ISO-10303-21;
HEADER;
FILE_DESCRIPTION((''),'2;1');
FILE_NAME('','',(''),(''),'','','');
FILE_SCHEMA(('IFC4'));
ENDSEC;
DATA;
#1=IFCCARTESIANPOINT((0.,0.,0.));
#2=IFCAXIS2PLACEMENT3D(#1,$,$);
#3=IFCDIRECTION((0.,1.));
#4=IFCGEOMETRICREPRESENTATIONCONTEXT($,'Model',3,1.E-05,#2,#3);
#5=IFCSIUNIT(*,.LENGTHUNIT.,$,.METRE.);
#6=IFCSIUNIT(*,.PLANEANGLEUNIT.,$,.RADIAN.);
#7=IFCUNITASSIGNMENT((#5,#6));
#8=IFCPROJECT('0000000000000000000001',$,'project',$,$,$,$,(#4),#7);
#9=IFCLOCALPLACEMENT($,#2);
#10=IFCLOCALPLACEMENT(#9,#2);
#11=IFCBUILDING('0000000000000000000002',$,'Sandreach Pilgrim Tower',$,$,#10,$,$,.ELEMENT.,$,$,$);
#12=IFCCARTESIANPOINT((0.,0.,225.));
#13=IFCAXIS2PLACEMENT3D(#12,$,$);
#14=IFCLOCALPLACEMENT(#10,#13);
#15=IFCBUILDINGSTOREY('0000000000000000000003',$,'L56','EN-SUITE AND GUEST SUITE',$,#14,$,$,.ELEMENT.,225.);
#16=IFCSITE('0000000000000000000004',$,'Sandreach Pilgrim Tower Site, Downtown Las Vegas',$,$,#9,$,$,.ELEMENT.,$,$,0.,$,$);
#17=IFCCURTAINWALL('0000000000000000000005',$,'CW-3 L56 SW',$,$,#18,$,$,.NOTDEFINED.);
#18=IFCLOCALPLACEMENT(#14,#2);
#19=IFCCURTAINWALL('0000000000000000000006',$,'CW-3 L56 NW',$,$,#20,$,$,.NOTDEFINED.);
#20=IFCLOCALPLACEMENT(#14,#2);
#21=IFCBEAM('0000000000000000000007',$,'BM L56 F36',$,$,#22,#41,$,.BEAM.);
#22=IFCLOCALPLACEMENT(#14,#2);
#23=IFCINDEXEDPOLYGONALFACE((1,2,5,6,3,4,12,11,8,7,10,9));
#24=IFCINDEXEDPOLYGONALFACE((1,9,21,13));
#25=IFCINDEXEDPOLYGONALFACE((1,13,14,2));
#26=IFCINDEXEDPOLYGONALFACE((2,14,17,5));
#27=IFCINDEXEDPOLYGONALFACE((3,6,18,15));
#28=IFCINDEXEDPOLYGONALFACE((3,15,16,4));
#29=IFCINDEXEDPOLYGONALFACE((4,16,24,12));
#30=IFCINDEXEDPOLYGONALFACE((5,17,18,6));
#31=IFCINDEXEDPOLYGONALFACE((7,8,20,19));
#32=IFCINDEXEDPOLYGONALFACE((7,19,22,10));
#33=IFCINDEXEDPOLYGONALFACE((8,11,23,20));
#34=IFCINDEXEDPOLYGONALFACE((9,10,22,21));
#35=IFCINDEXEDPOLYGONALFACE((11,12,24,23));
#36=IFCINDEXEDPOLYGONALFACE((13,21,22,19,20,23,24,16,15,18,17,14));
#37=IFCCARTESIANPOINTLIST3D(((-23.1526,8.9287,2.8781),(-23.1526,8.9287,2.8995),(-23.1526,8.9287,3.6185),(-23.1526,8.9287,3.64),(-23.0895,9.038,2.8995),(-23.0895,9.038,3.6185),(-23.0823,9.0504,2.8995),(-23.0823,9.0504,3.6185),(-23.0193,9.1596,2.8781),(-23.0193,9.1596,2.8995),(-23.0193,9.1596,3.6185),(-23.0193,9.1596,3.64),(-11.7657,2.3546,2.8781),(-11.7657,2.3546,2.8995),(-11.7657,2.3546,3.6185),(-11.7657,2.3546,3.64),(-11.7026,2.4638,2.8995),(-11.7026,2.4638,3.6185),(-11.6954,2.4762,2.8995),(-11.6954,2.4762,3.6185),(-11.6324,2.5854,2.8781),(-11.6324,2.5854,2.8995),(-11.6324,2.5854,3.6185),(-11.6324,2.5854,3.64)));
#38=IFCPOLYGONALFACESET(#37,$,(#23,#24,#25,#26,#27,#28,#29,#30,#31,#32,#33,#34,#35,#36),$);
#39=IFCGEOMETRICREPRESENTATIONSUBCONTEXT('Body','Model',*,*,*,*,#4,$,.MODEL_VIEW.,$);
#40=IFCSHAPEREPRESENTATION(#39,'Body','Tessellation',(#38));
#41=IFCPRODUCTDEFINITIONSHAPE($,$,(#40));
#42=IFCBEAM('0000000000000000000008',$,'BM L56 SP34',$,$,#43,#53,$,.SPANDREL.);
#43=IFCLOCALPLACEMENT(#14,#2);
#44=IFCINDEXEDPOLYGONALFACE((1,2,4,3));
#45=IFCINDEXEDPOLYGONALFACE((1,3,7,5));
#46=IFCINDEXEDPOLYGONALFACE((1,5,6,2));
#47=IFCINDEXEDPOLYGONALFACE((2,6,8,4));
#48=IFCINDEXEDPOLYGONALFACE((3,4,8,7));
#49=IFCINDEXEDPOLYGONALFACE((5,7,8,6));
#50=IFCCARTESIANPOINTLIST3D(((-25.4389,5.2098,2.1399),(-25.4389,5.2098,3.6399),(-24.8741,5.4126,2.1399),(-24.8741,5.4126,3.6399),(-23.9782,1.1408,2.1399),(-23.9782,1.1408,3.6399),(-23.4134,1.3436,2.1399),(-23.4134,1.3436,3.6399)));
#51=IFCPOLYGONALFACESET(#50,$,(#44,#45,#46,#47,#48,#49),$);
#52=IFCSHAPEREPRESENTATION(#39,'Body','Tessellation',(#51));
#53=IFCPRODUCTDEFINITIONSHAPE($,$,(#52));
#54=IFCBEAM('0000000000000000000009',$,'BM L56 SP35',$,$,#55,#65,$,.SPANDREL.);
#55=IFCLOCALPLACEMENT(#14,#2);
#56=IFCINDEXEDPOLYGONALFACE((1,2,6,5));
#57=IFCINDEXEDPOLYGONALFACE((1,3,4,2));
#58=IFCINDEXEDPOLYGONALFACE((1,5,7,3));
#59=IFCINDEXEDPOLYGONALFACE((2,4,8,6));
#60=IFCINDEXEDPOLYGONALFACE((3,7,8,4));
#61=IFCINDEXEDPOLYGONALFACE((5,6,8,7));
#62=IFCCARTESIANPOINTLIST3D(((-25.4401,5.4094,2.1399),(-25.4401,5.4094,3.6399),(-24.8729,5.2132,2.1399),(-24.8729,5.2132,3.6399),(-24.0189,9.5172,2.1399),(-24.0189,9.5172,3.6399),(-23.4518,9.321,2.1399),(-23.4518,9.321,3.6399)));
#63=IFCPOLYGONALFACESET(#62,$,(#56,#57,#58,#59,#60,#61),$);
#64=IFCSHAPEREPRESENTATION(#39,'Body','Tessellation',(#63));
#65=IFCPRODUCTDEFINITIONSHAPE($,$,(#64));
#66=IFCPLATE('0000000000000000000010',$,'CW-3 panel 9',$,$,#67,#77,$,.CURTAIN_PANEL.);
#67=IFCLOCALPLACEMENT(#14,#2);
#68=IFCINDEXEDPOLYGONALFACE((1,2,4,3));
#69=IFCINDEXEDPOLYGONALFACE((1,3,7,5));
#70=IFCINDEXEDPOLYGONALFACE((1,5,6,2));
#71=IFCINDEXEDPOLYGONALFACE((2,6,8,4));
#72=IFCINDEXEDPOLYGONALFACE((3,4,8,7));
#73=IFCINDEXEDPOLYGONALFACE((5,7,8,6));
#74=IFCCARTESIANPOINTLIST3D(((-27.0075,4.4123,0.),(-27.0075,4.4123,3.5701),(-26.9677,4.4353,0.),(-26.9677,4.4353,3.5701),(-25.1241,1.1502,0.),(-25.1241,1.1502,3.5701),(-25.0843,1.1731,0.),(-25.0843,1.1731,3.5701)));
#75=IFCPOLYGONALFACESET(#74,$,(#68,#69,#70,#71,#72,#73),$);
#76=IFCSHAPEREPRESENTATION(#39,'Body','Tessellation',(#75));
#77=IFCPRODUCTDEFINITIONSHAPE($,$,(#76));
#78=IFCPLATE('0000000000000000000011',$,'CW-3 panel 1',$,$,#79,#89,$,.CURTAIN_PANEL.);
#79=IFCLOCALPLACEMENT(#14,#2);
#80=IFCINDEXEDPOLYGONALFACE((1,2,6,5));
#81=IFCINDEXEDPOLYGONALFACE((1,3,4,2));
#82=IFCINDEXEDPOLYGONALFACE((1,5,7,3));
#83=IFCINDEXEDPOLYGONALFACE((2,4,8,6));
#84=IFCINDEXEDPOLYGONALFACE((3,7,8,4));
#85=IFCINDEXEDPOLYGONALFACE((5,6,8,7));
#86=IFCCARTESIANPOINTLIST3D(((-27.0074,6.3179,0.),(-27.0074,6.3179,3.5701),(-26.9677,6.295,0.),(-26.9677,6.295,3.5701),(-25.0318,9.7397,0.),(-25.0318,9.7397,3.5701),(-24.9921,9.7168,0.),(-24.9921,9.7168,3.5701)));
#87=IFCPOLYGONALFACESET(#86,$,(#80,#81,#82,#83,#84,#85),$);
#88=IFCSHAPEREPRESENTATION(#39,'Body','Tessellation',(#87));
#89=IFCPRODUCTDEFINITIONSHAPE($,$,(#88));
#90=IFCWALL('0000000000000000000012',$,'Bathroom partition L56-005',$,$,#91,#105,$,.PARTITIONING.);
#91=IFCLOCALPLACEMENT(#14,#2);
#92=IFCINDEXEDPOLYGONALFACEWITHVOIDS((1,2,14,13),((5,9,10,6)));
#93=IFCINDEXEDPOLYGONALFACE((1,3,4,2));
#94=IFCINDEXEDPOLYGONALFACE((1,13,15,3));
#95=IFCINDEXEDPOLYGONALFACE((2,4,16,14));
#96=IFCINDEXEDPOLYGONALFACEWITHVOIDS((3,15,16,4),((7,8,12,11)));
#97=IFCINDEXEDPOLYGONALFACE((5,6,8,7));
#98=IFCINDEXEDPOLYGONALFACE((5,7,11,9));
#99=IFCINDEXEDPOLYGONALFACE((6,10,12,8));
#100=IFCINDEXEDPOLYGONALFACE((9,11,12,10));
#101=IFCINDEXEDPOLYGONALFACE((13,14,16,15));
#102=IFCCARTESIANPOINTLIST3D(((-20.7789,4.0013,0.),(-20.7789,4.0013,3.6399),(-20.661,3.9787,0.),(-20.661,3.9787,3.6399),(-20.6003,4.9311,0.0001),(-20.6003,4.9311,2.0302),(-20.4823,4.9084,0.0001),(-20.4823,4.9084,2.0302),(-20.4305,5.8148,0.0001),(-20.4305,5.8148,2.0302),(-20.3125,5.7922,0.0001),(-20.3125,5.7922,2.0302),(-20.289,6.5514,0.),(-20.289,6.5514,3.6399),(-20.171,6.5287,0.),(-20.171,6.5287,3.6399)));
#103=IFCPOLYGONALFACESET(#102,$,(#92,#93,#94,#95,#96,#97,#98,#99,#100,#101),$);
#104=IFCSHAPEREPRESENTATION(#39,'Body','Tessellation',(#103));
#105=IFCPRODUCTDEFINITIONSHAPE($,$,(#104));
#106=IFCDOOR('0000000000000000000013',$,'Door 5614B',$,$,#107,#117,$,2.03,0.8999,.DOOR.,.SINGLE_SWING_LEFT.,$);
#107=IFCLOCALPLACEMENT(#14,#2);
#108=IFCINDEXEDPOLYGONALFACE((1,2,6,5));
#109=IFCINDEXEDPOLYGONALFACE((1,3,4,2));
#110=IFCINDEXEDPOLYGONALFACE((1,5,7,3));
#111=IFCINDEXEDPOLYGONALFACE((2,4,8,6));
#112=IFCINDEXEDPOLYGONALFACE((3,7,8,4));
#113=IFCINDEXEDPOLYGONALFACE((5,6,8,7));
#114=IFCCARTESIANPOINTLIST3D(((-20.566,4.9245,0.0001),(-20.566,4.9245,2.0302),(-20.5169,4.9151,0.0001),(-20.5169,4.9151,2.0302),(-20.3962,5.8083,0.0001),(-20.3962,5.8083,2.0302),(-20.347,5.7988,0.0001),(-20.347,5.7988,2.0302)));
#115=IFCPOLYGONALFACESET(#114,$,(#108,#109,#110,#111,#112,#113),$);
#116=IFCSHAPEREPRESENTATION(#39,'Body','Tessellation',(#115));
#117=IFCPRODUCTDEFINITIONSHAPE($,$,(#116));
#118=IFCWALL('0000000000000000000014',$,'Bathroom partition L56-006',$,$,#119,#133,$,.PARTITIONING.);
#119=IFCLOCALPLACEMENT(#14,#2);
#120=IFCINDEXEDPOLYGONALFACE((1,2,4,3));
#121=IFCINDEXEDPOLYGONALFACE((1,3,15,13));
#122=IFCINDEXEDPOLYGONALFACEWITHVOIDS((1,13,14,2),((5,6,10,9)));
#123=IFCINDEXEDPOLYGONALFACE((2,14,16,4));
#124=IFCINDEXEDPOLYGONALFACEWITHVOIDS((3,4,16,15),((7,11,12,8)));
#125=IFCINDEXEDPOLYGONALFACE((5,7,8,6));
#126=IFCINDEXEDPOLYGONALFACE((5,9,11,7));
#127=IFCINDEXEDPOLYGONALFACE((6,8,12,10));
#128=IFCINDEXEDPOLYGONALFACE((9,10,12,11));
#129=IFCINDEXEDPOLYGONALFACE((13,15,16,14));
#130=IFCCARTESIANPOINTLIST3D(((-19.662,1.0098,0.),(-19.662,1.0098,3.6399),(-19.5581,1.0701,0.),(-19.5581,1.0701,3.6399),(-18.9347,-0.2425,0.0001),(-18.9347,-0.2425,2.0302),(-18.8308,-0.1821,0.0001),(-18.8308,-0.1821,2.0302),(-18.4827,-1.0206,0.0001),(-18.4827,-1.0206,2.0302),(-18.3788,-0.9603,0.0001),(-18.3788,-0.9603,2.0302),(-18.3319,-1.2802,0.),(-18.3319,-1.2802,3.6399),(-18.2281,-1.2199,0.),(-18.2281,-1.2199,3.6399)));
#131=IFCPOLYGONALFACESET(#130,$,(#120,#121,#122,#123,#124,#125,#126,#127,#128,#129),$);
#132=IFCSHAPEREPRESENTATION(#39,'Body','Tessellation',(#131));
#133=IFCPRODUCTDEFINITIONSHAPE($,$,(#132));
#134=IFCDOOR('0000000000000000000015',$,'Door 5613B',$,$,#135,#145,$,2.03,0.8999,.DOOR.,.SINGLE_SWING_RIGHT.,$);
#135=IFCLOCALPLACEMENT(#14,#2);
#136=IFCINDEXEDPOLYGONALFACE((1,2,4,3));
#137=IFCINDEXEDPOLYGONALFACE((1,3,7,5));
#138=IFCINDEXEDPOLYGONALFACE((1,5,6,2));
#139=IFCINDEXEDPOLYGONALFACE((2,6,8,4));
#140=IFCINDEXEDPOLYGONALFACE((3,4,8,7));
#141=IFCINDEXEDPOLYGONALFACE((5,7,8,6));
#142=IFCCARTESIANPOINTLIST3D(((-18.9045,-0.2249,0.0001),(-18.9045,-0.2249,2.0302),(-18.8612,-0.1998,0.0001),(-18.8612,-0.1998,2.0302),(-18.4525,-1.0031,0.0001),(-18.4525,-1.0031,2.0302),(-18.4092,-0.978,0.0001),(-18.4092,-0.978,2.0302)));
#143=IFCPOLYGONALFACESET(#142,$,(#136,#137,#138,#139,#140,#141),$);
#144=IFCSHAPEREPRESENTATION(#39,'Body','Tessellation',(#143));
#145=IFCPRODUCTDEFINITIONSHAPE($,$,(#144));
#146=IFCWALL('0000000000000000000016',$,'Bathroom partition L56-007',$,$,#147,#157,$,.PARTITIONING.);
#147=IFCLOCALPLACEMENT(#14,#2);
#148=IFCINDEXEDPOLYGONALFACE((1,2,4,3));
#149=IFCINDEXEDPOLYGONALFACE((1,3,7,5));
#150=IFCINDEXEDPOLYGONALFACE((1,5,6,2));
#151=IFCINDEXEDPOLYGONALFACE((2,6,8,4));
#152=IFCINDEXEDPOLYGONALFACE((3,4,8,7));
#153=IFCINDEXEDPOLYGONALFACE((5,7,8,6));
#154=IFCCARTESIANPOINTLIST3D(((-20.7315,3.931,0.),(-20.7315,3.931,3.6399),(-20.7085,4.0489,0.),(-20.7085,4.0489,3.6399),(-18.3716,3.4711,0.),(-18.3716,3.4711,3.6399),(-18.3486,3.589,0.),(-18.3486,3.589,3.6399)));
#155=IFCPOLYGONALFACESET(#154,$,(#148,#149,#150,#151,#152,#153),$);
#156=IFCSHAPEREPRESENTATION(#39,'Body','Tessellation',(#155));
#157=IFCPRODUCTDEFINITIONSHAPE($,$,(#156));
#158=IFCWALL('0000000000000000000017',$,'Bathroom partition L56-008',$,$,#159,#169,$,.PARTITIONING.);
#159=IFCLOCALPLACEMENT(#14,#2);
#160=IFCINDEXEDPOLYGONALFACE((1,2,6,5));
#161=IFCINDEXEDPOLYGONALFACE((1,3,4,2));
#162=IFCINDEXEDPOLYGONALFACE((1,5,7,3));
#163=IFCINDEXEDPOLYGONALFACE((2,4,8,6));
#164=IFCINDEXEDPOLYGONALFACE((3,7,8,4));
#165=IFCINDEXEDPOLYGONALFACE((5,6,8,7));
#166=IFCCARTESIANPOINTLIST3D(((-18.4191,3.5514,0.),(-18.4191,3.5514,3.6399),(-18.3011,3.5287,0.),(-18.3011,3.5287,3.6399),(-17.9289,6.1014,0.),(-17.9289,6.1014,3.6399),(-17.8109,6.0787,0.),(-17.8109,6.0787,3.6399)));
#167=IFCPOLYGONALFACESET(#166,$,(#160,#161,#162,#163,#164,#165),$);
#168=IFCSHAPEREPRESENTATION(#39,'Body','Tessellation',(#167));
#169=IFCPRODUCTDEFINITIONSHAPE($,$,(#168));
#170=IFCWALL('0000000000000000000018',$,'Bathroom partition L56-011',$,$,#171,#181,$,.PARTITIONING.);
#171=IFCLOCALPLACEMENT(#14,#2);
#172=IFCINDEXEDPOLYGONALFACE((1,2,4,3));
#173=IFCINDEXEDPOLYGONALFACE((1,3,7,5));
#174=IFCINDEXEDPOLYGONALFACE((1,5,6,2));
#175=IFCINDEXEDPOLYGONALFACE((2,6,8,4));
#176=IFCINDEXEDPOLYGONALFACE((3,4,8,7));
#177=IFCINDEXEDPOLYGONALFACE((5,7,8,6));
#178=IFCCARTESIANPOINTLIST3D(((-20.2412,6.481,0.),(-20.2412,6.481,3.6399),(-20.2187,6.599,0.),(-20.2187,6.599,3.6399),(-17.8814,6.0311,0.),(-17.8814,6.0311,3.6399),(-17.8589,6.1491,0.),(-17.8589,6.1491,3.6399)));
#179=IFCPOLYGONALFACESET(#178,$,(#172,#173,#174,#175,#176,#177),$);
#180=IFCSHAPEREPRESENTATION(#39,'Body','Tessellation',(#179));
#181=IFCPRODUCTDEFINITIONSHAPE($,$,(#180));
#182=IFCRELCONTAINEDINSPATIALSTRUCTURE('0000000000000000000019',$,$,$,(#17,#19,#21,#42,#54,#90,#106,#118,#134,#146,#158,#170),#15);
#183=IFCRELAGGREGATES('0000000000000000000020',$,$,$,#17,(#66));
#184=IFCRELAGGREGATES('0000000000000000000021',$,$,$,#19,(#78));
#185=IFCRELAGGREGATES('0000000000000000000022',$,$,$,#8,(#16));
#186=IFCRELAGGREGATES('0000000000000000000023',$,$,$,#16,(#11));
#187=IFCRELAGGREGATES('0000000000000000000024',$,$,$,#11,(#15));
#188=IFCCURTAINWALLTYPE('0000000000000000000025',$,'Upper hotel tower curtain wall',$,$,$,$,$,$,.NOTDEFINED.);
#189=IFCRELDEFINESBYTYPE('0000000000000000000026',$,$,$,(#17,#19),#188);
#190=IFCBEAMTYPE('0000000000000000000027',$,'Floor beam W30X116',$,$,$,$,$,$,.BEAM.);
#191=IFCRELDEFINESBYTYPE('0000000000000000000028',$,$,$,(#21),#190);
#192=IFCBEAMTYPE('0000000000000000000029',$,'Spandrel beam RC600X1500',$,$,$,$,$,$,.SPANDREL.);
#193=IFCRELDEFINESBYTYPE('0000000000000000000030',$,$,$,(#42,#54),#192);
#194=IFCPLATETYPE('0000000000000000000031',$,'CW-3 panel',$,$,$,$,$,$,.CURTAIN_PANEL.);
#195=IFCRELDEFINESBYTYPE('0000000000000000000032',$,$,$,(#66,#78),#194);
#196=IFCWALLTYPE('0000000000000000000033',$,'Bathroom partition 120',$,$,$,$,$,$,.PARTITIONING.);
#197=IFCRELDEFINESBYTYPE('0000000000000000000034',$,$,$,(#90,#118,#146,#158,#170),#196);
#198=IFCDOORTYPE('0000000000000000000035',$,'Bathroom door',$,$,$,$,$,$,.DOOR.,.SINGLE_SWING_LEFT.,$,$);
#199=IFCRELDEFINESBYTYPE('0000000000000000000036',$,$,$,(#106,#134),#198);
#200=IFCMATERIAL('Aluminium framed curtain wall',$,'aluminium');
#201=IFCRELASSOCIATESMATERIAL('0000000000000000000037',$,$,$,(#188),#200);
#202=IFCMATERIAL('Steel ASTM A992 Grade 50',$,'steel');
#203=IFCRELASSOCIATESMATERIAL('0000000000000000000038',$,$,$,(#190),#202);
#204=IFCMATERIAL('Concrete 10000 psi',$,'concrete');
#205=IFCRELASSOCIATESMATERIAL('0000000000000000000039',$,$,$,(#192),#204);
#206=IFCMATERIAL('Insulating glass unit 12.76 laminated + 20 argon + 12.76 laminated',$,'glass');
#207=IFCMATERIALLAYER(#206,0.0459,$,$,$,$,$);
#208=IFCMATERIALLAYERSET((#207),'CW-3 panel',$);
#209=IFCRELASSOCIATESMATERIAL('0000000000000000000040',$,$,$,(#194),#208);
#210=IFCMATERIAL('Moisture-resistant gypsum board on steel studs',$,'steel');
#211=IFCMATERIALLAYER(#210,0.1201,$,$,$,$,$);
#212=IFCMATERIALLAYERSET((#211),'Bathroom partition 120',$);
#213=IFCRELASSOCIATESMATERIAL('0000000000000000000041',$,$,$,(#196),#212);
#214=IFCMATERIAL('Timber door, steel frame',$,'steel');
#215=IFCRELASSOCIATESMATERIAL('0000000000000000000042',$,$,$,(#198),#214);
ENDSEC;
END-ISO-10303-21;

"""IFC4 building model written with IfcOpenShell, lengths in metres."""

from ifc_helpers import new_model, si_unit, direction, frame, frame_2d, origin, origin_2d, place, context, subcontext, project, spatial, rectangle, i_section, extrude, material, layer, layer_set, material_profile, profile_set, type_object, element, fill, aggregate, save


model = new_model("IFC4")

# Units and contexts
model_context = context("Model", 3, precision=1e-05, world=origin(), true_north=direction((0.0, 1.0)))
body_context = subcontext(model_context, "Body", "Model", "MODEL_VIEW")
ifc_project = project(units=[si_unit("LENGTHUNIT", "METRE"), si_unit("PLANEANGLEUNIT", "RADIAN")], contexts=[model_context])

# Site, building, storey
site_placement = place(None, origin())
site = spatial("IfcSite", under=ifc_project, at=site_placement, Name="Sandreach Pilgrim Tower Site, Downtown Las Vegas", CompositionType="ELEMENT", RefElevation=0.0)
building_placement = place(site_placement, origin())
building = spatial("IfcBuilding", under=site, at=building_placement, Name="Sandreach Pilgrim Tower", CompositionType="ELEMENT")
storey_placement = place(building_placement, frame((0.0, 0.0, 225.0)))
storey = spatial("IfcBuildingStorey", under=building, at=storey_placement, Name="L56", Description="EN-SUITE AND GUEST SUITE", CompositionType="ELEMENT", Elevation=225.0)

# Curtain wall
ifc_material_1 = material(Name="Aluminium framed curtain wall", Category="aluminium")
curtain_wall_type = type_object("IfcCurtainWallType", Name="Upper hotel tower curtain wall", PredefinedType="NOTDEFINED", material=ifc_material_1)
curtain_wall_1_placement = place(storey_placement, origin())
curtain_wall_1 = element("IfcCurtainWall", 1, at=curtain_wall_1_placement, inside=storey, type_object=curtain_wall_type, Name="CW-3 L56 SW", PredefinedType="NOTDEFINED")

# Curtain wall
curtain_wall_2_placement = place(storey_placement, origin())
curtain_wall_2 = element("IfcCurtainWall", 2, at=curtain_wall_2_placement, inside=storey, type_object=curtain_wall_type, Name="CW-3 L56 NW", PredefinedType="NOTDEFINED")

# Beams
ifc_material_2 = material(Name="Steel ASTM A992 Grade 50", Category="steel")
ifc_material_profile_1 = material_profile(ifc_material_2, i_section(OverallWidth=0.2666, OverallDepth=0.762, WebThickness=0.0144, FlangeThickness=0.0215, at=origin_2d()), Name="W30X116")
ifc_profile_set_1 = profile_set([ifc_material_profile_1], Name="Steel ASTM A992 Grade 50")
beam_type_1 = type_object("IfcBeamType", Name="Floor beam W30X116", PredefinedType="BEAM", material=ifc_profile_set_1)
beam_1_placement = place(storey_placement, frame((-23.0859, 9.0442, 3.259), z_axis=(0.866027, -0.499997, 0.0), x_axis=(0.499997, 0.866027, 0.0)))
element("IfcBeam", 3, at=beam_1_placement, inside=storey, type_object=beam_type_1, Name="BM L56 F36", PredefinedType="BEAM", context=body_context, shape_type="SweptSolid", body=[
    extrude(i_section(OverallWidth=0.2666, OverallDepth=0.762, WebThickness=0.0144, FlangeThickness=0.0215, at=origin_2d()), origin(), (0.0, 0.0, 1.0), 13.1484),
])
ifc_material_3 = material(Name="Concrete 10000 psi", Category="concrete")
ifc_material_profile_2 = material_profile(ifc_material_3, rectangle(XDim=0.6001, YDim=1.5, at=origin_2d()), Name="RC600X1500")
ifc_profile_set_2 = profile_set([ifc_material_profile_2], Name="Concrete 10000 psi")
beam_type_2 = type_object("IfcBeamType", Name="Spandrel beam RC600X1500", PredefinedType="SPANDREL", material=ifc_profile_set_2)
beam_2_placement = place(storey_placement, frame((-23.6958, 1.2422, 2.8899), z_axis=(-0.337863, 0.941195, 0.0), x_axis=(-0.941195, -0.337863, 0.0)))
element("IfcBeam", 4, at=beam_2_placement, inside=storey, type_object=beam_type_2, Name="BM L56 SP34", PredefinedType="SPANDREL", context=body_context, shape_type="SweptSolid", body=[
    extrude(rectangle(XDim=0.6001, YDim=1.5, at=origin_2d()), origin(), (0.0, 0.0, 1.0), 4.3232),
])
beam_3_placement = place(storey_placement, frame((-25.1565, 5.3113, 2.8899), z_axis=(0.326941, 0.945045, 0.0), x_axis=(-0.945045, 0.326941, 0.0)))
element("IfcBeam", 5, at=beam_3_placement, inside=storey, type_object=beam_type_2, Name="BM L56 SP35", PredefinedType="SPANDREL", context=body_context, shape_type="SweptSolid", body=[
    extrude(rectangle(XDim=0.6001, YDim=1.5, at=origin_2d()), origin(), (0.0, 0.0, 1.0), 4.3467),
])

# Plates
ifc_material_4 = material(Name="Insulating glass unit 12.76 laminated + 20 argon + 12.76 laminated", Category="glass")
ifc_layer_1 = layer(ifc_material_4, 0.0459)
ifc_layer_set_1 = layer_set([ifc_layer_1], Name="CW-3 panel")
plate_type = type_object("IfcPlateType", Name="CW-3 panel", PredefinedType="CURTAIN_PANEL", material=ifc_layer_set_1)
plate_1_placement = place(storey_placement, frame((-26.0459, 2.7927, 0.0), z_axis=(0.0, 0.0, 1.0), x_axis=(-0.5, 0.866025, 0.0)))
plate_1 = element("IfcPlate", 6, at=plate_1_placement, type_object=plate_type, Name="CW-3 panel 9", PredefinedType="CURTAIN_PANEL", context=body_context, shape_type="SweptSolid", body=[
    extrude(rectangle(XDim=3.7668, YDim=0.0459, at=origin_2d()), origin(), (0.0, 0.0, 1.0), 3.5701),
])
aggregate(curtain_wall_1, [plate_1])
plate_2_placement = place(storey_placement, frame((-25.9998, 8.0173, 0.0), z_axis=(0.0, 0.0, 1.0), x_axis=(0.5, 0.866025, 0.0)))
plate_2 = element("IfcPlate", 7, at=plate_2_placement, type_object=plate_type, Name="CW-3 panel 1", PredefinedType="CURTAIN_PANEL", context=body_context, shape_type="SweptSolid", body=[
    extrude(rectangle(XDim=3.9512, YDim=0.0459, at=origin_2d()), origin(), (0.0, 0.0, 1.0), 3.5701),
])
aggregate(curtain_wall_2, [plate_2])

# Walls, openings, doors
ifc_material_5 = material(Name="Moisture-resistant gypsum board on steel studs", Category="steel")
ifc_layer_2 = layer(ifc_material_5, 0.1201)
ifc_layer_set_2 = layer_set([ifc_layer_2], Name="Bathroom partition 120")
wall_type_1 = type_object("IfcWallType", Name="Bathroom partition 120", PredefinedType="PARTITIONING", material=ifc_layer_set_2)
wall_1_placement = place(storey_placement, frame((-20.23, 6.54, 0.0), z_axis=(0.0, 0.0, 1.0), x_axis=(-0.188697, -0.982035, 0.0)))
wall_1 = element("IfcWall", 8, at=wall_1_placement, inside=storey, type_object=wall_type_1, Name="Bathroom partition L56-005", PredefinedType="PARTITIONING", context=body_context, shape_type="SweptSolid", body=[
    extrude(rectangle(XDim=2.5967, YDim=0.1201, at=frame_2d((1.2983, 0.0))), origin(), (0.0, 0.0, 1.0), 3.6399),
])
opening_1_placement = place(wall_1_placement, frame((0.75, 0.0, 0.0)))
opening_1 = element("IfcOpeningElement", 9, at=opening_1_placement, cuts=wall_1, PredefinedType="OPENING", context=body_context, shape_type="SweptSolid", body=[
    extrude(rectangle(XDim=0.8999, YDim=2.03, at=frame_2d((0.45, 1.0151))), frame((0.0, 0.0601, 0.0), z_axis=(0.0, -1.0, 0.0), x_axis=(1.0, 0.0, 0.0)), (0.0, 0.0, 1.0), 0.1201),
])
ifc_material_6 = material(Name="Timber door, steel frame", Category="steel")
door_type_1 = type_object("IfcDoorType", Name="Bathroom door", OperationType="SINGLE_SWING_LEFT", PredefinedType="DOOR", material=ifc_material_6)
door_1_placement = place(opening_1_placement, origin())
door_1 = element("IfcDoor", 10, at=door_1_placement, inside=storey, type_object=door_type_1, Name="Door 5614B", OperationType="SINGLE_SWING_LEFT", OverallHeight=2.03, OverallWidth=0.8999, PredefinedType="DOOR", context=body_context, shape_type="SweptSolid", body=[
    extrude(rectangle(XDim=0.8999, YDim=2.03, at=frame_2d((0.45, 1.0151))), frame((0.0, 0.0249, 0.0), z_axis=(0.0, -1.0, 0.0), x_axis=(1.0, 0.0, 0.0)), (0.0, 0.0, 1.0), 0.05),
])
fill(opening_1, door_1)
wall_2_placement = place(storey_placement, frame((-19.6101, 1.04, 0.0), z_axis=(0.0, 0.0, 1.0), x_axis=(0.502242, -0.864727, 0.0)))
wall_2 = element("IfcWall", 11, at=wall_2_placement, inside=storey, type_object=wall_type_1, Name="Bathroom partition L56-006", PredefinedType="PARTITIONING", context=body_context, shape_type="SweptSolid", body=[
    extrude(rectangle(XDim=2.6482, YDim=0.1201, at=frame_2d((1.3242, 0.0))), origin(), (0.0, 0.0, 1.0), 3.6399),
])
opening_2_placement = place(wall_2_placement, frame((1.4482, 0.0, 0.0)))
opening_2 = element("IfcOpeningElement", 12, at=opening_2_placement, cuts=wall_2, PredefinedType="OPENING", context=body_context, shape_type="SweptSolid", body=[
    extrude(rectangle(XDim=0.8999, YDim=2.03, at=frame_2d((0.45, 1.0151))), frame((0.0, 0.0601, 0.0), z_axis=(0.0, -1.0, 0.0), x_axis=(1.0, 0.0, 0.0)), (0.0, 0.0, 1.0), 0.1201),
])
door_2_placement = place(opening_2_placement, origin())
door_2 = element("IfcDoor", 13, at=door_2_placement, inside=storey, type_object=door_type_1, Name="Door 5613B", OperationType="SINGLE_SWING_RIGHT", OverallHeight=2.03, OverallWidth=0.8999, PredefinedType="DOOR", context=body_context, shape_type="SweptSolid", body=[
    extrude(rectangle(XDim=0.8999, YDim=2.03, at=frame_2d((0.45, 1.0151))), frame((0.0, 0.0249, 0.0), z_axis=(0.0, -1.0, 0.0), x_axis=(1.0, 0.0, 0.0)), (0.0, 0.0, 1.0), 0.05),
])
fill(opening_2, door_2)

# Walls
wall_3_placement = place(storey_placement, frame((-18.3601, 3.53, 0.0), z_axis=(0.0, 0.0, 1.0), x_axis=(-0.98153, 0.19131, 0.0)))
element("IfcWall", 14, at=wall_3_placement, inside=storey, type_object=wall_type_1, Name="Bathroom partition L56-007", PredefinedType="PARTITIONING", context=body_context, shape_type="SweptSolid", body=[
    extrude(rectangle(XDim=2.4043, YDim=0.1201, at=frame_2d((1.2021, 0.0))), origin(), (0.0, 0.0, 1.0), 3.6399),
])
wall_4_placement = place(storey_placement, frame((-18.3601, 3.54, 0.0), z_axis=(0.0, 0.0, 1.0), x_axis=(0.188788, 0.982018, 0.0)))
element("IfcWall", 15, at=wall_4_placement, inside=storey, type_object=wall_type_1, Name="Bathroom partition L56-008", PredefinedType="PARTITIONING", context=body_context, shape_type="SweptSolid", body=[
    extrude(rectangle(XDim=2.5967, YDim=0.1201, at=frame_2d((1.2983, 0.0))), origin(), (0.0, 0.0, 1.0), 3.6399),
])
wall_5_placement = place(storey_placement, frame((-17.8701, 6.0901, 0.0), z_axis=(0.0, 0.0, 1.0), x_axis=(-0.982304, 0.187294, 0.0)))
element("IfcWall", 16, at=wall_5_placement, inside=storey, type_object=wall_type_1, Name="Bathroom partition L56-011", PredefinedType="PARTITIONING", context=body_context, shape_type="SweptSolid", body=[
    extrude(rectangle(XDim=2.4023, YDim=0.1201, at=frame_2d((1.2012, 0.0))), origin(), (0.0, 0.0, 1.0), 3.6399),
])

save(model, "model.ifc")
